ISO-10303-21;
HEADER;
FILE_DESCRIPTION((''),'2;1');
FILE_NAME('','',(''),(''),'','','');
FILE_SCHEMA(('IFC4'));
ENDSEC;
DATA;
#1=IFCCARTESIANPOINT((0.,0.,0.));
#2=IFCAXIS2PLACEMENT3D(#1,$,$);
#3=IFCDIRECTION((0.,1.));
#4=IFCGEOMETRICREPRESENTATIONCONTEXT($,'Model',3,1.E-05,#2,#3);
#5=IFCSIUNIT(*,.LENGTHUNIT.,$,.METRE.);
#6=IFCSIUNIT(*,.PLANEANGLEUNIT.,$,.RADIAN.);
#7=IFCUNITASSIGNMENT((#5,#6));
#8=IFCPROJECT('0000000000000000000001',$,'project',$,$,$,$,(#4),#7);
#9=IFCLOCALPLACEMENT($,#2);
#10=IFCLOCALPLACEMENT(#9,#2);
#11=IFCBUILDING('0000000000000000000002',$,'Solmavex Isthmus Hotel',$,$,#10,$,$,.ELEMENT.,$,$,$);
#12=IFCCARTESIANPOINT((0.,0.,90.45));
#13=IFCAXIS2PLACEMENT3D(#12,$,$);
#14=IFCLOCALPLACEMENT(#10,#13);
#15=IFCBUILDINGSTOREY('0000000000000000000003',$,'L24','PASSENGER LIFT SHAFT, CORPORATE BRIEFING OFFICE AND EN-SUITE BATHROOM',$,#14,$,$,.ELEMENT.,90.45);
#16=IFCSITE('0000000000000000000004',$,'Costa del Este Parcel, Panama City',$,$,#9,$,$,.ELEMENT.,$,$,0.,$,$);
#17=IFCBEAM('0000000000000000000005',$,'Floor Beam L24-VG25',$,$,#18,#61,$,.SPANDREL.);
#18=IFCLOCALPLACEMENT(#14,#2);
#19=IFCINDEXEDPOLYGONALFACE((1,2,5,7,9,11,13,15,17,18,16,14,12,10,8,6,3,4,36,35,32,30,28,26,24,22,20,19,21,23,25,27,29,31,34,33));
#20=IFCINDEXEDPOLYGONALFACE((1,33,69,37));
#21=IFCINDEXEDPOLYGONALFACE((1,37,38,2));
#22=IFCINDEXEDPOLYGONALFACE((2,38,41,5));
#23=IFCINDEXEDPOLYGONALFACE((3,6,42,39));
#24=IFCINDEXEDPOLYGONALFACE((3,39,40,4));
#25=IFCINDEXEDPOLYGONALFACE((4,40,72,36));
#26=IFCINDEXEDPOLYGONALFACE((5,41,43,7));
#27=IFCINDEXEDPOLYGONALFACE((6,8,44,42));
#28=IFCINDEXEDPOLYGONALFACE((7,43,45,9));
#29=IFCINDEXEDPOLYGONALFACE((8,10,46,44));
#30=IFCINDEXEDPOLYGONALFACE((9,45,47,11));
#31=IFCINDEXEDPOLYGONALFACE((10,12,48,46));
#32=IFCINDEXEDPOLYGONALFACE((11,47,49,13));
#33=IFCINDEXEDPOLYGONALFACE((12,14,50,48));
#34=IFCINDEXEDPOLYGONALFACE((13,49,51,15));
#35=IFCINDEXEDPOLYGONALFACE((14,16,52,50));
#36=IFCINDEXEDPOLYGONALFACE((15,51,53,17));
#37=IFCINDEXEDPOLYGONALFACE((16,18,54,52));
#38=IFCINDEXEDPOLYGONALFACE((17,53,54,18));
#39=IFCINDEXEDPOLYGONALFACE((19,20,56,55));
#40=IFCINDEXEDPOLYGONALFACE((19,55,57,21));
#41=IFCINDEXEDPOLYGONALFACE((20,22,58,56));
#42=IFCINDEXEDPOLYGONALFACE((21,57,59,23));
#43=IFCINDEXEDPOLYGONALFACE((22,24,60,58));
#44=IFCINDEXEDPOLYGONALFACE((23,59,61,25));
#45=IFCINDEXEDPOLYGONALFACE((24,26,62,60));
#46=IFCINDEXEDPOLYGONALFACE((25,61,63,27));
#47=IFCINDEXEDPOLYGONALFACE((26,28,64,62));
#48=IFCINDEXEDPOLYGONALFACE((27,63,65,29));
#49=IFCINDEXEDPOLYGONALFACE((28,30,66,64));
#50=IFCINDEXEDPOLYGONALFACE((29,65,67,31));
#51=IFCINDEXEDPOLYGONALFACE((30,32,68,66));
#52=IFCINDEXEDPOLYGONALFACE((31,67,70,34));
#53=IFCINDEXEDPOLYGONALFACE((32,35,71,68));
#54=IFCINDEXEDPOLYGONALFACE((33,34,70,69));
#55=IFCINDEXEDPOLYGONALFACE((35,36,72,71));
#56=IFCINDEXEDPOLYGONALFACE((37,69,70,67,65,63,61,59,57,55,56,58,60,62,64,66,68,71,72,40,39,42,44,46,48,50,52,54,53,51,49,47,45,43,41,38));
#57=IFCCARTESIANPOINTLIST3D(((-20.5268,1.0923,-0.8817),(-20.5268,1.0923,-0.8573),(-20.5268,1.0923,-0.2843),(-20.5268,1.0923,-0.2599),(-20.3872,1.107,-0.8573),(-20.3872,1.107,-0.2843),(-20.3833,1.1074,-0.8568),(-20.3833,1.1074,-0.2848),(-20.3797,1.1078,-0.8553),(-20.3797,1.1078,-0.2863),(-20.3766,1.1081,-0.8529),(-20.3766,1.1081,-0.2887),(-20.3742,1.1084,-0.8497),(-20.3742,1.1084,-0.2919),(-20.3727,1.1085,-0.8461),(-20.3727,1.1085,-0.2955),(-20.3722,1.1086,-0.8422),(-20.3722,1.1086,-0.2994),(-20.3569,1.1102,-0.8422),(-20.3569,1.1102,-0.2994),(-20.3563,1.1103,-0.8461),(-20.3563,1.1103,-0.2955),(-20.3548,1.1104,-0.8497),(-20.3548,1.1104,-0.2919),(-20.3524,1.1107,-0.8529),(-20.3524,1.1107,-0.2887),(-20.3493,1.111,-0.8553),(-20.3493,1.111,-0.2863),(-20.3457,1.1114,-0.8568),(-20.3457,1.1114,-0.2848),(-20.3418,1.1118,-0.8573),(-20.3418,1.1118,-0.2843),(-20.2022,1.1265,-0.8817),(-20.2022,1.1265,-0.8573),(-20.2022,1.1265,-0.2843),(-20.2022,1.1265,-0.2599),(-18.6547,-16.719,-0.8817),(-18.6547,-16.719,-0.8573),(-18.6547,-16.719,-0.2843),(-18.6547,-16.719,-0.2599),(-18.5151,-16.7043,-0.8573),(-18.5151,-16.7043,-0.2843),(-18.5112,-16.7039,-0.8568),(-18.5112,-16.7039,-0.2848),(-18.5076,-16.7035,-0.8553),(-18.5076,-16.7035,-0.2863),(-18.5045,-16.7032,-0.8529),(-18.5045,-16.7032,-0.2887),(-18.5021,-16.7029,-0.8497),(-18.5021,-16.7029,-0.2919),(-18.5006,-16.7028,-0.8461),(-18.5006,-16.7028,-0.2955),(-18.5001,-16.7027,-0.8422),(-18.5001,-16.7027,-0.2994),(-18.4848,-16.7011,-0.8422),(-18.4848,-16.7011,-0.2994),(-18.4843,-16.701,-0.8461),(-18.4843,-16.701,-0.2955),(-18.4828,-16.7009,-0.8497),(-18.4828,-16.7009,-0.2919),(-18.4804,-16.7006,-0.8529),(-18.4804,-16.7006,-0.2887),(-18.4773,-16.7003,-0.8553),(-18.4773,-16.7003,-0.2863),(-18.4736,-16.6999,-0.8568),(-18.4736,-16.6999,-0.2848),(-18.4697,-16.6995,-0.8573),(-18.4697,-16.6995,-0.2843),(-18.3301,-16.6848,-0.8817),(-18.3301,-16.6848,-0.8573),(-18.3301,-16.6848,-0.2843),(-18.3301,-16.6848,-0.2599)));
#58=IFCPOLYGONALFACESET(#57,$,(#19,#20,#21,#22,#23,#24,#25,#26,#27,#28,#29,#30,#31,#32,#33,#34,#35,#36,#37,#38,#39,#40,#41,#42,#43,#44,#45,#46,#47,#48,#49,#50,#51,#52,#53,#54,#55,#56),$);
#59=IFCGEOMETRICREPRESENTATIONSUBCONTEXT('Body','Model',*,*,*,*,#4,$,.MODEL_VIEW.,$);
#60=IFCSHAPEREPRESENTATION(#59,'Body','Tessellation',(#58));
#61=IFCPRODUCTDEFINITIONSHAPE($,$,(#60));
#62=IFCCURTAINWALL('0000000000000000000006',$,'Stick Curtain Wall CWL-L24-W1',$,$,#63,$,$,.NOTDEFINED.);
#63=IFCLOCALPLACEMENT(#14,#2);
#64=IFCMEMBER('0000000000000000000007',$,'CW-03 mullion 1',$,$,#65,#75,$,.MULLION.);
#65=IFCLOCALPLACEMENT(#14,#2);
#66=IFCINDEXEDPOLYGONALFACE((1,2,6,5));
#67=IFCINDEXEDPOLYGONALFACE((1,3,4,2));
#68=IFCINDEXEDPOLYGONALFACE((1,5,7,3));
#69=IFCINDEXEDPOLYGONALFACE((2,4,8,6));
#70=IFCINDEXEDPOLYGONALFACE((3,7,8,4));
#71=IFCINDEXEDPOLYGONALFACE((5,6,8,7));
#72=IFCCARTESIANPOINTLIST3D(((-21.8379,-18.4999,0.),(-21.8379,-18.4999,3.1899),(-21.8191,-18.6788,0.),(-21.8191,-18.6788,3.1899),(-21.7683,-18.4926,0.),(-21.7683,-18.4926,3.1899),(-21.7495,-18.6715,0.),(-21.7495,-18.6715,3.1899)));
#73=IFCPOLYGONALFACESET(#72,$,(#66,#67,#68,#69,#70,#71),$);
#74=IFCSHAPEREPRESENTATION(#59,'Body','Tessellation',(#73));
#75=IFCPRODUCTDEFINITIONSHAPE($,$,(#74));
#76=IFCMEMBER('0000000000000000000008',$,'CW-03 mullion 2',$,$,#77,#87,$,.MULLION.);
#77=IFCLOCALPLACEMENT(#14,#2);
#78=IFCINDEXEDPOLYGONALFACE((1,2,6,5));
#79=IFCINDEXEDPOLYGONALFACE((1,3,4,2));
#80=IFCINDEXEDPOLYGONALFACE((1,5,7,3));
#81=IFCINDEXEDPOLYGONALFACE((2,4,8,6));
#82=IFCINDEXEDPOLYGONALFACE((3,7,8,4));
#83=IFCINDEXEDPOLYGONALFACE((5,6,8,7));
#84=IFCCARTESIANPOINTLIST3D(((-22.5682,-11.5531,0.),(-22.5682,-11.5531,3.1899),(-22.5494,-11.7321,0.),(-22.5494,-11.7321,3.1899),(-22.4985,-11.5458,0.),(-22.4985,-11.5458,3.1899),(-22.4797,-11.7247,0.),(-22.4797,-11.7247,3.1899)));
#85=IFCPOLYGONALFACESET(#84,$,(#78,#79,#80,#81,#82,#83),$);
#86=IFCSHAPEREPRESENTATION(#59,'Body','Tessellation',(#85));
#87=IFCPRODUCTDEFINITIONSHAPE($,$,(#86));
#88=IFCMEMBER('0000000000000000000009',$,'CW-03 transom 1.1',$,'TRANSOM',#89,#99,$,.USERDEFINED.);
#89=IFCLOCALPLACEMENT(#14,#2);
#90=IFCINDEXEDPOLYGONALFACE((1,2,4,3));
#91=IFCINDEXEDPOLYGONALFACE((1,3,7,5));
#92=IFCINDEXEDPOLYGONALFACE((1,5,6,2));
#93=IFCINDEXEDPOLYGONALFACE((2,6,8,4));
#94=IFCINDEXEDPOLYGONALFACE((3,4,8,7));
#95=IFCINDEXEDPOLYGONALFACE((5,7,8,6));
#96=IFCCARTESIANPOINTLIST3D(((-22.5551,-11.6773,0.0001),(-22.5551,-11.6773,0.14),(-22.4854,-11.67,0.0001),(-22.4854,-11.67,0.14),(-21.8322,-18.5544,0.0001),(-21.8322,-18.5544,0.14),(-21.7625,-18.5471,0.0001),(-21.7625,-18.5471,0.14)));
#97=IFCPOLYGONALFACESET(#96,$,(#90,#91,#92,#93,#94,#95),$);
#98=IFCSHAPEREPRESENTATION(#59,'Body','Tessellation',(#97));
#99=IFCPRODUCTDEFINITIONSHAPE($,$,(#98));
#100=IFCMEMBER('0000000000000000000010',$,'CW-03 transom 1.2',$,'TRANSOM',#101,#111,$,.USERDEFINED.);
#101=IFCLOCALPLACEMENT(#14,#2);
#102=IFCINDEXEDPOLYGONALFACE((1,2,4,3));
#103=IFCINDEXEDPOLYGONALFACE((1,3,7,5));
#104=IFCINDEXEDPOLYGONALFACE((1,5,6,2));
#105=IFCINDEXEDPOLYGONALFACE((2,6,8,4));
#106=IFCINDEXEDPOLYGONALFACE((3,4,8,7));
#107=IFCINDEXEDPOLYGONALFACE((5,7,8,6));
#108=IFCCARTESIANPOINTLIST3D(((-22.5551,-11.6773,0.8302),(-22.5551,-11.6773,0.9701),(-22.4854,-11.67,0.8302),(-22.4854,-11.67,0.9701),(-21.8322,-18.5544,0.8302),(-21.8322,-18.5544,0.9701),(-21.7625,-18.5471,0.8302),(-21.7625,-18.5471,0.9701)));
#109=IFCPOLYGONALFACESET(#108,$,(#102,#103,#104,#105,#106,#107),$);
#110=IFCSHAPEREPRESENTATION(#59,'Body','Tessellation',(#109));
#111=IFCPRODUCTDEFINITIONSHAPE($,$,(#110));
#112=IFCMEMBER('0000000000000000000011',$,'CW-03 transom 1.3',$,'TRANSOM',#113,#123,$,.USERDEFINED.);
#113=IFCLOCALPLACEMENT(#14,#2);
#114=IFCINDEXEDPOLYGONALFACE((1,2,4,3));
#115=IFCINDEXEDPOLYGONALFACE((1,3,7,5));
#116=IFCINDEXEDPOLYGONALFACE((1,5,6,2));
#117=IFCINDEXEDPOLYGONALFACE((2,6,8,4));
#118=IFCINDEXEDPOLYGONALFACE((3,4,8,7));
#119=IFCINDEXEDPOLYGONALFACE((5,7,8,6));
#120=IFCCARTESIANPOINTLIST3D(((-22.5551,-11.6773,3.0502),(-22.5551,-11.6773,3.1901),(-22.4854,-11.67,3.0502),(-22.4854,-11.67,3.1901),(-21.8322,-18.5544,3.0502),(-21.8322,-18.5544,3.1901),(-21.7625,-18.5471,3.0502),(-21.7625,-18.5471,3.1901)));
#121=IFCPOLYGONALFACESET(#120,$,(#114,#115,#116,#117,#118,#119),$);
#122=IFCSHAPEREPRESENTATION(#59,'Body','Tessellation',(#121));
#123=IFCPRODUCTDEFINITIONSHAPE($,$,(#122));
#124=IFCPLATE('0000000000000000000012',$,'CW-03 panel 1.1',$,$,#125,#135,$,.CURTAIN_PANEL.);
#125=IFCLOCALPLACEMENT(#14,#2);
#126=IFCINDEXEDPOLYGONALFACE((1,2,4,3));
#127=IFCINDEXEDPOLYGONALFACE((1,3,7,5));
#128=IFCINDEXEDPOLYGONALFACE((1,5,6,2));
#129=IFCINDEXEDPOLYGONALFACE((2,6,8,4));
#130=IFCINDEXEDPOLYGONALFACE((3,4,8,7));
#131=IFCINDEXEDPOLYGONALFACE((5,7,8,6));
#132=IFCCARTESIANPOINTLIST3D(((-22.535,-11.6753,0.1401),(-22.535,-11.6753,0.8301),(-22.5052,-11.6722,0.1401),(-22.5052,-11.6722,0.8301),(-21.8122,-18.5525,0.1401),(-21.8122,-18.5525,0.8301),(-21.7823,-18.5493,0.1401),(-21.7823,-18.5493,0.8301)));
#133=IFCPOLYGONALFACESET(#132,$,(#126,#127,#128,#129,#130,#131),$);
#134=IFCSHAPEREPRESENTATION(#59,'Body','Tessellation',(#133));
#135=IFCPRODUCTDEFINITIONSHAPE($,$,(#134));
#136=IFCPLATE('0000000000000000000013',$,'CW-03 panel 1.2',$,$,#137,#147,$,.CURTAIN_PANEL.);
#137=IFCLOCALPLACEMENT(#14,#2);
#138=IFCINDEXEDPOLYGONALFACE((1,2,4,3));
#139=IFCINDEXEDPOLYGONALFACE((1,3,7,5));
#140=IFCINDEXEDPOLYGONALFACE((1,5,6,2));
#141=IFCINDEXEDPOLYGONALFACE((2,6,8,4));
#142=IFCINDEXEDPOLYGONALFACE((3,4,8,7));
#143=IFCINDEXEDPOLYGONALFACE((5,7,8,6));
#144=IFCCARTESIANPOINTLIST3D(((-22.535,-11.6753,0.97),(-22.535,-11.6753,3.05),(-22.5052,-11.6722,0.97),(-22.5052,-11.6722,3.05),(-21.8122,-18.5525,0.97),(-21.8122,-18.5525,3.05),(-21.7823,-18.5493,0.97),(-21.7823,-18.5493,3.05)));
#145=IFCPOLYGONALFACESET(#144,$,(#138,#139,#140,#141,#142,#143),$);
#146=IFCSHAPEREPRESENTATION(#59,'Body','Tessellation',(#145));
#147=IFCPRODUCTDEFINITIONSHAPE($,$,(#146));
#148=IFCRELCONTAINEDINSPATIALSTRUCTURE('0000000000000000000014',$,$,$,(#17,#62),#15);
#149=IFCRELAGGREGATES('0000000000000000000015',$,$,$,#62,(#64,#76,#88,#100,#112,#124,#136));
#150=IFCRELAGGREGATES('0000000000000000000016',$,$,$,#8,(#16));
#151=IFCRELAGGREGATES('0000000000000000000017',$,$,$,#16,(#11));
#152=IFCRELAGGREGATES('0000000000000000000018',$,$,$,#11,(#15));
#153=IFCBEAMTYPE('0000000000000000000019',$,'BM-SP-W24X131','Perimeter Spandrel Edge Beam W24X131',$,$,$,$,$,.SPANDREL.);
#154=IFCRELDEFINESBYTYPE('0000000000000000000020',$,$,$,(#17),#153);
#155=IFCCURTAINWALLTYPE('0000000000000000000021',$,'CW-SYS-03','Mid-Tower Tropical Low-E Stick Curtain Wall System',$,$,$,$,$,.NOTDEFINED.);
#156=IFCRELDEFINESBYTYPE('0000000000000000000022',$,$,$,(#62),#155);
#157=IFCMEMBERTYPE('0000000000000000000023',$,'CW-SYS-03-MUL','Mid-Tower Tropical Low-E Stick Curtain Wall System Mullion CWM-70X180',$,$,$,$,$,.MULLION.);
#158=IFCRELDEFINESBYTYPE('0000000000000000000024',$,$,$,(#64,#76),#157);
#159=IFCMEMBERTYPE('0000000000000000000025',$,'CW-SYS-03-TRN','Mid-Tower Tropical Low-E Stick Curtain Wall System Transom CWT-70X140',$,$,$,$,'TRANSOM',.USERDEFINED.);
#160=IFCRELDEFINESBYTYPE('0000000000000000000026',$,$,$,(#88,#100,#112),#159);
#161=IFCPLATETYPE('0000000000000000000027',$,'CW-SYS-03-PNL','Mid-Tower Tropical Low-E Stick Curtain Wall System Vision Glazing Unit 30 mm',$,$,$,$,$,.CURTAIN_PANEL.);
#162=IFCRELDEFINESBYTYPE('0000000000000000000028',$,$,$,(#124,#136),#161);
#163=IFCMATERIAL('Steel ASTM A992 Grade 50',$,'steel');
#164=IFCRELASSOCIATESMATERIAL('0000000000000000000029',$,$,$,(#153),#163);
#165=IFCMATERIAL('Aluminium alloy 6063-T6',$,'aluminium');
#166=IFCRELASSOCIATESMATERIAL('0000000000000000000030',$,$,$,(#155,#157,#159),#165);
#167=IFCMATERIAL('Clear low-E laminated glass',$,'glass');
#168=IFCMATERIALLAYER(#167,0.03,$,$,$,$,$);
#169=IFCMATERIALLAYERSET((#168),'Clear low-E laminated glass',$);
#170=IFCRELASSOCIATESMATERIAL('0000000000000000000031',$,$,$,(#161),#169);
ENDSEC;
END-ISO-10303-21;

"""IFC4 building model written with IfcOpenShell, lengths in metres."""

from ifc_helpers import new_model, si_unit, direction, frame, origin, origin_2d, place, context, subcontext, project, spatial, rectangle, i_section, extrude, material, layer, layer_set, material_profile, profile_set, type_object, element, aggregate, save


model = new_model("IFC4")

# Units and contexts
model_context = context("Model", 3, precision=1e-05, world=origin(), true_north=direction((0.0, 1.0)))
body_context = subcontext(model_context, "Body", "Model", "MODEL_VIEW")
ifc_project = project(units=[si_unit("LENGTHUNIT", "METRE"), si_unit("PLANEANGLEUNIT", "RADIAN")], contexts=[model_context])

# Site, building, storey
site_placement = place(None, origin())
site = spatial("IfcSite", under=ifc_project, at=site_placement, Name="Costa del Este Parcel, Panama City", CompositionType="ELEMENT", RefElevation=0.0)
building_placement = place(site_placement, origin())
building = spatial("IfcBuilding", under=site, at=building_placement, Name="Solmavex Isthmus Hotel", CompositionType="ELEMENT")
storey_placement = place(building_placement, frame((0.0, 0.0, 90.45)))
storey = spatial("IfcBuildingStorey", under=building, at=storey_placement, Name="L24", Description="PASSENGER LIFT SHAFT, CORPORATE BRIEFING OFFICE AND EN-SUITE BATHROOM", CompositionType="ELEMENT", Elevation=90.45)

# Beam
ifc_material_1 = material(Name="Steel ASTM A992 Grade 50", Category="steel")
ifc_material_profile_1 = material_profile(ifc_material_1, i_section(OverallWidth=0.3264, OverallDepth=0.6218, WebThickness=0.0154, FlangeThickness=0.0244, FilletRadius=0.0151, at=origin_2d()), Name="W24X131")
ifc_profile_set_1 = profile_set([ifc_material_profile_1], Name="Steel ASTM A992 Grade 50")
beam_type_1 = type_object("IfcBeamType", Name="BM-SP-W24X131", Description="Perimeter Spandrel Edge Beam W24X131", PredefinedType="SPANDREL", material=ifc_profile_set_1)
beam_1_placement = place(storey_placement, frame((-18.4924, -16.7019, -0.5708), z_axis=(-0.10453, 0.994522, 0.0), x_axis=(-0.994522, -0.10453, 0.0)))
element("IfcBeam", 1, at=beam_1_placement, inside=storey, type_object=beam_type_1, Name="Floor Beam L24-VG25", PredefinedType="SPANDREL", context=body_context, shape_type="SweptSolid", body=[
    extrude(i_section(OverallWidth=0.3264, OverallDepth=0.6218, WebThickness=0.0154, FlangeThickness=0.0244, FilletRadius=0.0151, at=origin_2d()), origin(), (0.0, 0.0, 1.0), 17.9094),
])

# Curtain wall, members, plates
ifc_material_2 = material(Name="Aluminium alloy 6063-T6", Category="aluminium")
curtain_wall_type = type_object("IfcCurtainWallType", Name="CW-SYS-03", Description="Mid-Tower Tropical Low-E Stick Curtain Wall System", PredefinedType="NOTDEFINED", material=ifc_material_2)
curtain_wall_placement = place(storey_placement, origin())
curtain_wall = element("IfcCurtainWall", 2, at=curtain_wall_placement, inside=storey, type_object=curtain_wall_type, Name="Stick Curtain Wall CWL-L24-W1", PredefinedType="NOTDEFINED")
ifc_material_profile_2 = material_profile(ifc_material_2, rectangle(XDim=0.0701, YDim=0.1799, at=origin_2d()), Name="CWM-70X180")
ifc_profile_set_2 = profile_set([ifc_material_profile_2], Name="Aluminium alloy 6063-T6")
member_type_1 = type_object("IfcMemberType", Name="CW-SYS-03-MUL", Description="Mid-Tower Tropical Low-E Stick Curtain Wall System Mullion CWM-70X180", PredefinedType="MULLION", material=ifc_profile_set_2)
member_1_placement = place(storey_placement, frame((-21.7937, -18.5857, 0.0), z_axis=(0.0, 0.0, 1.0), x_axis=(-0.994522, -0.104528, 0.0)))
member_1 = element("IfcMember", 3, at=member_1_placement, type_object=member_type_1, Name="CW-03 mullion 1", PredefinedType="MULLION", context=body_context, shape_type="SweptSolid", body=[
    extrude(rectangle(XDim=0.0701, YDim=0.1799, at=origin_2d()), origin(), (0.0, 0.0, 1.0), 3.1899),
])
member_2_placement = place(storey_placement, frame((-22.5239, -11.6389, 0.0), z_axis=(0.0, 0.0, 1.0), x_axis=(-0.994522, -0.104528, 0.0)))
member_2 = element("IfcMember", 4, at=member_2_placement, type_object=member_type_1, Name="CW-03 mullion 2", PredefinedType="MULLION", context=body_context, shape_type="SweptSolid", body=[
    extrude(rectangle(XDim=0.0701, YDim=0.1799, at=origin_2d()), origin(), (0.0, 0.0, 1.0), 3.1899),
])
ifc_material_profile_3 = material_profile(ifc_material_2, rectangle(XDim=0.0701, YDim=0.1399, at=origin_2d()), Name="CWT-70X140")
ifc_profile_set_3 = profile_set([ifc_material_profile_3], Name="Aluminium alloy 6063-T6")
member_type_2 = type_object("IfcMemberType", Name="CW-SYS-03-TRN", Description="Mid-Tower Tropical Low-E Stick Curtain Wall System Transom CWT-70X140", ElementType="TRANSOM", PredefinedType="USERDEFINED", material=ifc_profile_set_3)
member_3_placement = place(storey_placement, frame((-21.7974, -18.5508, 0.0701), z_axis=(-0.10454, 0.994521, 0.0), x_axis=(-0.994521, -0.10454, 0.0)))
member_3 = element("IfcMember", 5, at=member_3_placement, type_object=member_type_2, Name="CW-03 transom 1.1", ObjectType="TRANSOM", PredefinedType="USERDEFINED", context=body_context, shape_type="SweptSolid", body=[
    extrude(rectangle(XDim=0.0701, YDim=0.1399, at=origin_2d()), origin(), (0.0, 0.0, 1.0), 6.915),
])
member_4_placement = place(storey_placement, frame((-21.7974, -18.5508, 0.9001), z_axis=(-0.10454, 0.994521, 0.0), x_axis=(-0.994521, -0.10454, 0.0)))
member_4 = element("IfcMember", 6, at=member_4_placement, type_object=member_type_2, Name="CW-03 transom 1.2", ObjectType="TRANSOM", PredefinedType="USERDEFINED", context=body_context, shape_type="SweptSolid", body=[
    extrude(rectangle(XDim=0.0701, YDim=0.1399, at=origin_2d()), origin(), (0.0, 0.0, 1.0), 6.915),
])
member_5_placement = place(storey_placement, frame((-21.7974, -18.5508, 3.1201), z_axis=(-0.10454, 0.994521, 0.0), x_axis=(-0.994521, -0.10454, 0.0)))
member_5 = element("IfcMember", 7, at=member_5_placement, type_object=member_type_2, Name="CW-03 transom 1.3", ObjectType="TRANSOM", PredefinedType="USERDEFINED", context=body_context, shape_type="SweptSolid", body=[
    extrude(rectangle(XDim=0.0701, YDim=0.1399, at=origin_2d()), origin(), (0.0, 0.0, 1.0), 6.915),
])
ifc_material_3 = material(Name="Clear low-E laminated glass", Category="glass")
ifc_layer_1 = layer(ifc_material_3, 0.03)
ifc_layer_set_1 = layer_set([ifc_layer_1], Name="Clear low-E laminated glass")
plate_type = type_object("IfcPlateType", Name="CW-SYS-03-PNL", Description="Mid-Tower Tropical Low-E Stick Curtain Wall System Vision Glazing Unit 30 mm", PredefinedType="CURTAIN_PANEL", material=ifc_layer_set_1)
plate_1_placement = place(storey_placement, frame((-22.1587, -15.1123, 0.1401), z_axis=(0.0, 0.0, 1.0), x_axis=(-0.104528, 0.994522, 0.0)))
plate_1 = element("IfcPlate", 8, at=plate_1_placement, type_object=plate_type, Name="CW-03 panel 1.1", PredefinedType="CURTAIN_PANEL", context=body_context, shape_type="SweptSolid", body=[
    extrude(rectangle(XDim=6.915, YDim=0.03, at=origin_2d()), origin(), (0.0, 0.0, 1.0), 0.6899),
])
plate_2_placement = place(storey_placement, frame((-22.1587, -15.1123, 0.97), z_axis=(0.0, 0.0, 1.0), x_axis=(-0.104528, 0.994522, 0.0)))
plate_2 = element("IfcPlate", 9, at=plate_2_placement, type_object=plate_type, Name="CW-03 panel 1.2", PredefinedType="CURTAIN_PANEL", context=body_context, shape_type="SweptSolid", body=[
    extrude(rectangle(XDim=6.915, YDim=0.03, at=origin_2d()), origin(), (0.0, 0.0, 1.0), 2.0801),
])
aggregate(curtain_wall, [member_1, member_2, member_3, member_4, member_5, plate_1, plate_2])

save(model, "model.ifc")
